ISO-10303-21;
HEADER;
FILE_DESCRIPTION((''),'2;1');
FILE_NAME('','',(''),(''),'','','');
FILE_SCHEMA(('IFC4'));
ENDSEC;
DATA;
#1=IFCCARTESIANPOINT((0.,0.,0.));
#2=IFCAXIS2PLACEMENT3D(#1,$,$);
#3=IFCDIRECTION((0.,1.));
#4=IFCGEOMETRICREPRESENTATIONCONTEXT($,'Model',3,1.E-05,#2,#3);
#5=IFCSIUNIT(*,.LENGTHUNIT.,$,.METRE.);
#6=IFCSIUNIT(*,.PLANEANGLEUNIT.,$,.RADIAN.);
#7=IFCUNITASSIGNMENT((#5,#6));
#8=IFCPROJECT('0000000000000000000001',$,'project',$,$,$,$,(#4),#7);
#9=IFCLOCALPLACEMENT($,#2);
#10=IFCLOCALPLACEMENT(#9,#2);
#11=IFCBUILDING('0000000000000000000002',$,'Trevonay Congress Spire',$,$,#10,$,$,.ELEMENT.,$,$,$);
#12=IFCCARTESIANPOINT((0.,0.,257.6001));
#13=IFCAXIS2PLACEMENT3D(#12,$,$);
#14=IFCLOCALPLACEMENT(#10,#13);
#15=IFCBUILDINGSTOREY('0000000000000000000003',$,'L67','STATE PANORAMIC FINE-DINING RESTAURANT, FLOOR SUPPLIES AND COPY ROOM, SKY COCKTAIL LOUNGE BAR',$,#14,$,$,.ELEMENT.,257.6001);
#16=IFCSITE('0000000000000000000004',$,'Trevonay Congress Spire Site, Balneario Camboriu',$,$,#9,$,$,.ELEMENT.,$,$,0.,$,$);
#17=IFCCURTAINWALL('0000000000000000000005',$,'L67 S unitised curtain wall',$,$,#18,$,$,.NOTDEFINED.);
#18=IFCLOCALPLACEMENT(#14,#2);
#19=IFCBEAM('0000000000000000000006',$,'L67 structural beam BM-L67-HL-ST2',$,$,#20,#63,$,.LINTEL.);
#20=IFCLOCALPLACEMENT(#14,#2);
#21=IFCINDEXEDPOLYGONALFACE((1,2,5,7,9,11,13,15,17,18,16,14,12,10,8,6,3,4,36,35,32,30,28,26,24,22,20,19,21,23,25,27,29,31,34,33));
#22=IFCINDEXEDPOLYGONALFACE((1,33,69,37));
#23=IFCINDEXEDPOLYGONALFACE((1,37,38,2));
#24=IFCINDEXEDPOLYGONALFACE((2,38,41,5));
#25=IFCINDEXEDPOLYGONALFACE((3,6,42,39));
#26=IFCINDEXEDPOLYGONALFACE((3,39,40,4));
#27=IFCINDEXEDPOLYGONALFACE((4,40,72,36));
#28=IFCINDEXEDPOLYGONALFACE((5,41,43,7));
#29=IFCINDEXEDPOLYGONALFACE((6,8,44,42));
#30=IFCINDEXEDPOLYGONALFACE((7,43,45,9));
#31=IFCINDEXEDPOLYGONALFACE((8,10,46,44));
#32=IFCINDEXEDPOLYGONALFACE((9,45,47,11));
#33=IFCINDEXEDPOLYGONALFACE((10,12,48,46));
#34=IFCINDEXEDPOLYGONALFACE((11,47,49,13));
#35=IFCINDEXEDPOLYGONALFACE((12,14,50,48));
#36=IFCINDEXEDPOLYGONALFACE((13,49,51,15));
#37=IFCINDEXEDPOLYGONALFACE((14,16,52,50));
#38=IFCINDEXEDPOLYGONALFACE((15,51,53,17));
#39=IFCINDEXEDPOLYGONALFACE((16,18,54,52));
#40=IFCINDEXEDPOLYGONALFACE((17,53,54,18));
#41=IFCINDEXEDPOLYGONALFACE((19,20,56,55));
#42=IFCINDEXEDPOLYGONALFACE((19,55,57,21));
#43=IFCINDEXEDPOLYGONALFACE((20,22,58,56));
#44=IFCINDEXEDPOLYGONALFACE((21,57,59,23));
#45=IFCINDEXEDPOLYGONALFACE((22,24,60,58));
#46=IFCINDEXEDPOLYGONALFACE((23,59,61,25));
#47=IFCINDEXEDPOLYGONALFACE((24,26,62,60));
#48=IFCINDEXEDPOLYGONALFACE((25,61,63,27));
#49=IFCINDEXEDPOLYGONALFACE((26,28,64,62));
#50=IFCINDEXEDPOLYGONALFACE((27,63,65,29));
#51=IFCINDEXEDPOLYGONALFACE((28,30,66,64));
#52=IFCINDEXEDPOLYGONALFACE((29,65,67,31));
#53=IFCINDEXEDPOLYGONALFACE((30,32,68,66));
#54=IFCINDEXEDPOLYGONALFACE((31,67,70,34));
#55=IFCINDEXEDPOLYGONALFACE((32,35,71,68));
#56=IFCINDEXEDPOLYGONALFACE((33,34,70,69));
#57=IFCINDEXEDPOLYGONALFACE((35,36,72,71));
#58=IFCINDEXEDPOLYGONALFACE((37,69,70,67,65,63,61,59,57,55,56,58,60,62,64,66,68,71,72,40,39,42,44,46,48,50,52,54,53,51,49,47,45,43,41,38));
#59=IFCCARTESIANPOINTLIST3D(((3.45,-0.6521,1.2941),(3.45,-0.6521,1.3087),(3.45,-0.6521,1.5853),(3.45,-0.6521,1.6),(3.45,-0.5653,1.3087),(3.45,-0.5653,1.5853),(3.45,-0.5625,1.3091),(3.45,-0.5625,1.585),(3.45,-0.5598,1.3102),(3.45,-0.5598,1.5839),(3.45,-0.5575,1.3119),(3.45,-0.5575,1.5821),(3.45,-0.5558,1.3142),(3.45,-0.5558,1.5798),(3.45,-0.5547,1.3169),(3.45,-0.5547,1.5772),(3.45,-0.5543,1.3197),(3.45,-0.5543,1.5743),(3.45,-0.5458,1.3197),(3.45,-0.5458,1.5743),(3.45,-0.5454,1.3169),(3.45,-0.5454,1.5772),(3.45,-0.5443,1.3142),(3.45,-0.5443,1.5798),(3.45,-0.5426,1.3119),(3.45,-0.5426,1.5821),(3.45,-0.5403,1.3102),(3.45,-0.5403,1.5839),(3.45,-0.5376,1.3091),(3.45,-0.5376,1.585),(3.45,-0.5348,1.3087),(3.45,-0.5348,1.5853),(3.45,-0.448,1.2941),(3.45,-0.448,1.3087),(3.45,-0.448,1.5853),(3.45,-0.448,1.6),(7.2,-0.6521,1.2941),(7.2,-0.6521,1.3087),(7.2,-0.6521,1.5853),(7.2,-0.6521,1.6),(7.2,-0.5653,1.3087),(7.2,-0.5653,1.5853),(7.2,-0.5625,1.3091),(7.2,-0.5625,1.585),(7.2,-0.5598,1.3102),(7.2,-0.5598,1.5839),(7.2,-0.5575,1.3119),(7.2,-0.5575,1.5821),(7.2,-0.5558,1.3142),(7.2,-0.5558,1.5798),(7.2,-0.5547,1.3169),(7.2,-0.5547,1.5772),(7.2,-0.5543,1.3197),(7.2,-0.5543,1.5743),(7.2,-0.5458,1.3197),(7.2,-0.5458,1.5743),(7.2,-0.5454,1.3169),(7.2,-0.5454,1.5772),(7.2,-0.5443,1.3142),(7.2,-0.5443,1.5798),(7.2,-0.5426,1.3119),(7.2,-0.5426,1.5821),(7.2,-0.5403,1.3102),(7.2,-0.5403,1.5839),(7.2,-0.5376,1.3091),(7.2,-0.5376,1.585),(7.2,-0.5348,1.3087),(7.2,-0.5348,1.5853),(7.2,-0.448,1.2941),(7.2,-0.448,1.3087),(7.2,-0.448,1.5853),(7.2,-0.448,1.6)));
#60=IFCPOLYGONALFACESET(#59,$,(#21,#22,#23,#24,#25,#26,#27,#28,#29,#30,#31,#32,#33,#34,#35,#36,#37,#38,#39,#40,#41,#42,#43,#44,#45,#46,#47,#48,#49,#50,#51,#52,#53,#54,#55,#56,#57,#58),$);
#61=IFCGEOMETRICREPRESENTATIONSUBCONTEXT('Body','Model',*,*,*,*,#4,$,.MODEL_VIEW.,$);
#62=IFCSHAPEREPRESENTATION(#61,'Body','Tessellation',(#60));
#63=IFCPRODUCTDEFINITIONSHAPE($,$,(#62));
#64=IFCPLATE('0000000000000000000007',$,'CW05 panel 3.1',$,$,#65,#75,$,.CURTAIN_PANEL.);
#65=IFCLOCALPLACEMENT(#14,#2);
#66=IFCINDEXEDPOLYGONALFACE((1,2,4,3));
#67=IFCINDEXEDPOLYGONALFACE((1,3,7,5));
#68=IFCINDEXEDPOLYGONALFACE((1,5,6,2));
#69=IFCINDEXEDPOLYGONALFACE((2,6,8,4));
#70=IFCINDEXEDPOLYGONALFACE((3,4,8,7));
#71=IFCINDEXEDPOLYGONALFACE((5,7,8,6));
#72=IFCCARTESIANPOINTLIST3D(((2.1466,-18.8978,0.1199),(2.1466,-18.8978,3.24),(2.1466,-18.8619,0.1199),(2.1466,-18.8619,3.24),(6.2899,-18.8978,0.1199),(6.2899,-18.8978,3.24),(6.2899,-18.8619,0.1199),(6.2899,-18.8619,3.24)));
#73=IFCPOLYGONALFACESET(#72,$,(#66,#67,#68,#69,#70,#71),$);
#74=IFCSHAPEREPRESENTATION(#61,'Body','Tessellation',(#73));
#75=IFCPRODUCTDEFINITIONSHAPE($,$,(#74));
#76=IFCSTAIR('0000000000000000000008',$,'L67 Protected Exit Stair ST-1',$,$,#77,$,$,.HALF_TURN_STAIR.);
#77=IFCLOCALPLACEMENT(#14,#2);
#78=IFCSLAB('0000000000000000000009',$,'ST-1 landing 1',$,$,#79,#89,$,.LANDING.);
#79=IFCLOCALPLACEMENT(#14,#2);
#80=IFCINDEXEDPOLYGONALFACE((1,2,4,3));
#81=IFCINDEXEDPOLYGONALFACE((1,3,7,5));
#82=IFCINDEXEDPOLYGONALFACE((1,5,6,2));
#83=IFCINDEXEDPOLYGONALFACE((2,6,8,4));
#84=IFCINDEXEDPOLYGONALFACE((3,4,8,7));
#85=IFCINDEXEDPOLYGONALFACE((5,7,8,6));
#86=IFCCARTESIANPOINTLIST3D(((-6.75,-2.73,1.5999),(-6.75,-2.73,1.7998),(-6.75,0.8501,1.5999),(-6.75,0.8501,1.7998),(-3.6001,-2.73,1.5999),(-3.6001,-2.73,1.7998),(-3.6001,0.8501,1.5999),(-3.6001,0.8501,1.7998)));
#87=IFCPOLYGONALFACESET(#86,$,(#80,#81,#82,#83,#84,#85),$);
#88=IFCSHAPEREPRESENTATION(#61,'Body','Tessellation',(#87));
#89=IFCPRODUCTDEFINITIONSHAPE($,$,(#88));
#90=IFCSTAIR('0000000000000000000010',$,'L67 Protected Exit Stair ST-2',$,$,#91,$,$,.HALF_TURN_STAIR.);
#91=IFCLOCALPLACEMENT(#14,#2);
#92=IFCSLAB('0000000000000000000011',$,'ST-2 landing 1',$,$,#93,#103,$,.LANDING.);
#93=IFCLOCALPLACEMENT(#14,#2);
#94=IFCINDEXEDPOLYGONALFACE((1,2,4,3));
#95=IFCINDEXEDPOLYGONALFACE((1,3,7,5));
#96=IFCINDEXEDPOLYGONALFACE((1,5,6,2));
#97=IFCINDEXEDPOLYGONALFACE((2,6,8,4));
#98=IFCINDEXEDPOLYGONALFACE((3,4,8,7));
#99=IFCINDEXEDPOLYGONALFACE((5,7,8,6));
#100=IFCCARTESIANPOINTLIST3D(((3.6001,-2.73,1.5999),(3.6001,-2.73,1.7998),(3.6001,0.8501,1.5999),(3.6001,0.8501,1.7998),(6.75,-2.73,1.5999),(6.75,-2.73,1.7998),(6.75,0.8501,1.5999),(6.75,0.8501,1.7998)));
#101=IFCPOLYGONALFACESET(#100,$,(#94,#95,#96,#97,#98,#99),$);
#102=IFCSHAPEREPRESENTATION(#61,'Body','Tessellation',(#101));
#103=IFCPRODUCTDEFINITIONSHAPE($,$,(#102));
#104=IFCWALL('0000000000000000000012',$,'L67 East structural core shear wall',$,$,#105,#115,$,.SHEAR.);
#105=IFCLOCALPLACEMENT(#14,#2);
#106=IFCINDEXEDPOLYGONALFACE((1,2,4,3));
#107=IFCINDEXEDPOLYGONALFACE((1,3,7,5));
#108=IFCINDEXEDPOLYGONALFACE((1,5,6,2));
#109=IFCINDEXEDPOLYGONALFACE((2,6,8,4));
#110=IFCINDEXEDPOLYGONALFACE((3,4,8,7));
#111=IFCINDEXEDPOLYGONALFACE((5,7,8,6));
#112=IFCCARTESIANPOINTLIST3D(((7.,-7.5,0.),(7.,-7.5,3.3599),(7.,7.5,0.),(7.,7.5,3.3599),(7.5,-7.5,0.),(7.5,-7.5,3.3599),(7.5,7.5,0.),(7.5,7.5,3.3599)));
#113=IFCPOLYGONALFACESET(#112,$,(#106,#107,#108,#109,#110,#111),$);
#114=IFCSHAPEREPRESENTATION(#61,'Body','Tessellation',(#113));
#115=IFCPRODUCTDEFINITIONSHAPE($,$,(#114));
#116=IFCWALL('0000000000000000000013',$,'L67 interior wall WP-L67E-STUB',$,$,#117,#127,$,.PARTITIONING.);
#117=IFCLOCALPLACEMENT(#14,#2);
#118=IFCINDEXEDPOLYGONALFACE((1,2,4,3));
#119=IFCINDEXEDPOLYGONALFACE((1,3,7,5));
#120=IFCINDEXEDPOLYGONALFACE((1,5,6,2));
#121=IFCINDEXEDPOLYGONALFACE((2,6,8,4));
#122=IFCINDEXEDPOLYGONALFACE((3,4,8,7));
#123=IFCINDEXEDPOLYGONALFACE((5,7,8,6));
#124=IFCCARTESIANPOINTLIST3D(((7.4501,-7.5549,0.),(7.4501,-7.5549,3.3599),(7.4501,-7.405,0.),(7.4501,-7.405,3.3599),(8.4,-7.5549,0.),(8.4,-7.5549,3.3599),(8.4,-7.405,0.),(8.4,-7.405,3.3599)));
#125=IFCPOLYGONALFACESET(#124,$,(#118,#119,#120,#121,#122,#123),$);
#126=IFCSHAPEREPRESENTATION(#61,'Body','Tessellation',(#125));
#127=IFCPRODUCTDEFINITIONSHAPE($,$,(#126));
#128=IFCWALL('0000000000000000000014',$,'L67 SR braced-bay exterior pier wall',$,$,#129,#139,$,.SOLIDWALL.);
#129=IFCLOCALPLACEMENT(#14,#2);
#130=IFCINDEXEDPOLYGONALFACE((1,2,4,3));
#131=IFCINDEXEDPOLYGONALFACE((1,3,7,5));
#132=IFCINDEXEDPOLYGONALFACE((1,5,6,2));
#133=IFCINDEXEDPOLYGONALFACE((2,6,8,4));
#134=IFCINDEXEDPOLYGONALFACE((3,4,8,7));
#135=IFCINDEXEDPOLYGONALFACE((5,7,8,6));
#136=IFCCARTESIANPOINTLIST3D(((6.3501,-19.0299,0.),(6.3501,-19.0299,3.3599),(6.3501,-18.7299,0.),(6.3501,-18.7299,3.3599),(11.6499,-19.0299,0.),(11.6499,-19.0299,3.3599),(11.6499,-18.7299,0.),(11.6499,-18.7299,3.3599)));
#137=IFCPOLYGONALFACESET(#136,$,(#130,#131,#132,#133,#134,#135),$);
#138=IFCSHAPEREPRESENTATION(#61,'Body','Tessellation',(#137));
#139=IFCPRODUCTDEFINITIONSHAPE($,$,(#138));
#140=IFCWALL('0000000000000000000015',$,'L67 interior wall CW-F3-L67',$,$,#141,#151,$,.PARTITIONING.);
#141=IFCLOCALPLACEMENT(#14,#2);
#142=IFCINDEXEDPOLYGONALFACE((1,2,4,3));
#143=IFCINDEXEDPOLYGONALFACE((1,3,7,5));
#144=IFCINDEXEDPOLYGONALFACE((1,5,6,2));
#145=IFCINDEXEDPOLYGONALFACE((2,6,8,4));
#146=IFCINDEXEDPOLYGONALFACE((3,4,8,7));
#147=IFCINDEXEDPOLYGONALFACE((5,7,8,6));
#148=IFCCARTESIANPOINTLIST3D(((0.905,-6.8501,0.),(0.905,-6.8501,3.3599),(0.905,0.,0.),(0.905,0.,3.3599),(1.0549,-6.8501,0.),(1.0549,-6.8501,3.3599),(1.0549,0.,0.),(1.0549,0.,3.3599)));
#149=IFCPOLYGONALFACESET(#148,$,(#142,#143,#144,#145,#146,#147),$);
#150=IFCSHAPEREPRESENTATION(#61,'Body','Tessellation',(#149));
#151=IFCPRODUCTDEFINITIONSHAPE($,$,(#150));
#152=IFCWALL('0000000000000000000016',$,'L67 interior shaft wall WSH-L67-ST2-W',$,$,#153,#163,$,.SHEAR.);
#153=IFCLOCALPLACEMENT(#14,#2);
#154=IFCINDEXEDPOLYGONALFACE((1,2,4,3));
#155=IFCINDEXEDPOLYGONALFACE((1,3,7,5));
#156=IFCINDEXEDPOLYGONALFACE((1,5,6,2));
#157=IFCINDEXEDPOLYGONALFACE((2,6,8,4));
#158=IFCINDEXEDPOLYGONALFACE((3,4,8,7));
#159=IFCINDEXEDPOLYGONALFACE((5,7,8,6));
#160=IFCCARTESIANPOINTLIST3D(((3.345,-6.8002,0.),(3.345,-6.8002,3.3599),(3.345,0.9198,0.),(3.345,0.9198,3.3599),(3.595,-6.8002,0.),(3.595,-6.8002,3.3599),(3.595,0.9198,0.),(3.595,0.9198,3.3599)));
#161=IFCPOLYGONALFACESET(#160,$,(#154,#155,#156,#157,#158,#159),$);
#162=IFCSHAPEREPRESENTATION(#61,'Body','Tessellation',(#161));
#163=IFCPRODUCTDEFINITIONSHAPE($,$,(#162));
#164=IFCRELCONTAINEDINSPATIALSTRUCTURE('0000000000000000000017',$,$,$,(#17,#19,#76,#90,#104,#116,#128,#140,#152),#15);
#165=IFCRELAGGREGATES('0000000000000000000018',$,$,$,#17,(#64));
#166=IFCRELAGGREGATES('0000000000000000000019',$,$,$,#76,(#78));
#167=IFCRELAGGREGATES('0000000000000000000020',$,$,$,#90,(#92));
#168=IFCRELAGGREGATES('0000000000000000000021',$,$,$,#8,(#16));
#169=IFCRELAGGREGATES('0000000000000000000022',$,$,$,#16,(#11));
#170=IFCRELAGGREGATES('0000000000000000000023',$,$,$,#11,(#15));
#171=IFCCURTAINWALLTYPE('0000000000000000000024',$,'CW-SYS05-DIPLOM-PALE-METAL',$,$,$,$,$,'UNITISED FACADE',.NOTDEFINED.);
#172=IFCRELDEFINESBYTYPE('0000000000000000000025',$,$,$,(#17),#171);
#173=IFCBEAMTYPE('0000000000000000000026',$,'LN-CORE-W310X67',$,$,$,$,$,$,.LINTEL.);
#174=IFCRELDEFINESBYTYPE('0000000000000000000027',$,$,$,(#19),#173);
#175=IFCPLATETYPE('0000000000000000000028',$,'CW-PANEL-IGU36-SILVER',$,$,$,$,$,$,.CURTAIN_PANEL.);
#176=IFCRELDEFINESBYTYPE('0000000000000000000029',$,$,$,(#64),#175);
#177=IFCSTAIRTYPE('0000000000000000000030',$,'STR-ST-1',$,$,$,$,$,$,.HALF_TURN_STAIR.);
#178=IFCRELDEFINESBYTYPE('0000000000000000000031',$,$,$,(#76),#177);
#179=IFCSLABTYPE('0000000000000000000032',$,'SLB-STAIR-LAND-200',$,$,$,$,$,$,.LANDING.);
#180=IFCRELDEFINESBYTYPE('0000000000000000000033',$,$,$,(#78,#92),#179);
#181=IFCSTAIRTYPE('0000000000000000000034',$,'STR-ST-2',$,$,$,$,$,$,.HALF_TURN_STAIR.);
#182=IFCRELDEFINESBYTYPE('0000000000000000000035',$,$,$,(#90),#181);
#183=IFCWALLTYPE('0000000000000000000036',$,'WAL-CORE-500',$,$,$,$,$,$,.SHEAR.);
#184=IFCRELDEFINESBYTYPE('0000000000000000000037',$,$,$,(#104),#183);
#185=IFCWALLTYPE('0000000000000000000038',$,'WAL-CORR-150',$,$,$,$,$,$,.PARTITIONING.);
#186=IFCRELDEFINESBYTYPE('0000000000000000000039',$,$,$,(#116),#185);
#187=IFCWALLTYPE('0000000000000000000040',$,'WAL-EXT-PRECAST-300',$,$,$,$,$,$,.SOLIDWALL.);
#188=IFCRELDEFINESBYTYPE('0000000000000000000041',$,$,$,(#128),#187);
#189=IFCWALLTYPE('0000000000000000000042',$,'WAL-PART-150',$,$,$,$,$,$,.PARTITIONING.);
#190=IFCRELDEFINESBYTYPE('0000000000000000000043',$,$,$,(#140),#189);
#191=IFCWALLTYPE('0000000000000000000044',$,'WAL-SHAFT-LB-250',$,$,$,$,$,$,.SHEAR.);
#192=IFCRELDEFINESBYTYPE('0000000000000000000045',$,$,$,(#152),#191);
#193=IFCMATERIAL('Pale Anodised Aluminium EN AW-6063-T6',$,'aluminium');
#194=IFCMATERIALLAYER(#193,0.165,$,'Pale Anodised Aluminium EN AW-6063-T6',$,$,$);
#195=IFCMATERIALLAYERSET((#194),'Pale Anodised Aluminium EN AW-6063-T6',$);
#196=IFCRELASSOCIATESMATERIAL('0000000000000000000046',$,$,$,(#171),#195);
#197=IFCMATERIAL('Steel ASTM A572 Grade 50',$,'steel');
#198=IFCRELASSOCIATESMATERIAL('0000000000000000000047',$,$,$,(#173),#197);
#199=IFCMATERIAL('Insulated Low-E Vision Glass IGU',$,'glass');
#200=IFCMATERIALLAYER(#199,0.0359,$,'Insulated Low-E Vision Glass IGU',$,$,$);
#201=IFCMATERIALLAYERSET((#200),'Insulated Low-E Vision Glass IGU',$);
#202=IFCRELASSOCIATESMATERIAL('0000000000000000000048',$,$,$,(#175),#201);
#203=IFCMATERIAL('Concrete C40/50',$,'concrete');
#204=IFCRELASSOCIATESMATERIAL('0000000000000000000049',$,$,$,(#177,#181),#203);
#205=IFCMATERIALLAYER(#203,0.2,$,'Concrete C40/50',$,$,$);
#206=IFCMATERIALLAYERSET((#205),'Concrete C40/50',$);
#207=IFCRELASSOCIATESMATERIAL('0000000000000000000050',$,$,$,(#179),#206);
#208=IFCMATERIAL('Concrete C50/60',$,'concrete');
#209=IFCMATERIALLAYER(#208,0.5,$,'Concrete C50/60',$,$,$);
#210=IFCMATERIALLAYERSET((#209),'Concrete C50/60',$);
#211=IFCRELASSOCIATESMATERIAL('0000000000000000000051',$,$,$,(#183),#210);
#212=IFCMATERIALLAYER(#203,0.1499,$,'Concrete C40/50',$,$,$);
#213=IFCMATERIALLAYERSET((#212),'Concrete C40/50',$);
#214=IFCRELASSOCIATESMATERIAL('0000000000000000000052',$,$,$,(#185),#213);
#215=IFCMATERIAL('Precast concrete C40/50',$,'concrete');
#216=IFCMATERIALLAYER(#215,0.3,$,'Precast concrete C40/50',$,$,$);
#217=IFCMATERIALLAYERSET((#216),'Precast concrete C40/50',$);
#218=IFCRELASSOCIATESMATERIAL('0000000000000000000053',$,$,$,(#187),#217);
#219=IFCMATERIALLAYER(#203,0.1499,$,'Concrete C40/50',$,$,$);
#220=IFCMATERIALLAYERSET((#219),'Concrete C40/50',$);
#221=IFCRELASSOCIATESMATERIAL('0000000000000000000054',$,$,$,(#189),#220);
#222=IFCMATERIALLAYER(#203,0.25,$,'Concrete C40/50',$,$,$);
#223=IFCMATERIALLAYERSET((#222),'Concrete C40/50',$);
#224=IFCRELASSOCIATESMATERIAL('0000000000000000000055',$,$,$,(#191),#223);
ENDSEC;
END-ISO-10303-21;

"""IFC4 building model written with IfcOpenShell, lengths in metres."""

from ifc_helpers import new_model, si_unit, direction, frame, frame_2d, origin, origin_2d, place, context, subcontext, project, spatial, polyline, rectangle, i_section, outline, extrude, material, layer, layer_set, material_profile, profile_set, type_object, element, aggregate, save


model = new_model("IFC4")

# Units and contexts
model_context = context("Model", 3, precision=1e-05, world=origin(), true_north=direction((0.0, 1.0)))
body_context = subcontext(model_context, "Body", "Model", "MODEL_VIEW")
ifc_project = project(units=[si_unit("LENGTHUNIT", "METRE"), si_unit("PLANEANGLEUNIT", "RADIAN")], contexts=[model_context])

# Site, building, storey
site_placement = place(None, origin())
site = spatial("IfcSite", under=ifc_project, at=site_placement, Name="Trevonay Congress Spire Site, Balneario Camboriu", CompositionType="ELEMENT", RefElevation=0.0)
building_placement = place(site_placement, origin())
building = spatial("IfcBuilding", under=site, at=building_placement, Name="Trevonay Congress Spire", CompositionType="ELEMENT")
storey_placement = place(building_placement, frame((0.0, 0.0, 257.6001)))
storey = spatial("IfcBuildingStorey", under=building, at=storey_placement, Name="L67", Description="STATE PANORAMIC FINE-DINING RESTAURANT, FLOOR SUPPLIES AND COPY ROOM, SKY COCKTAIL LOUNGE BAR", CompositionType="ELEMENT", Elevation=257.6001)

# Shared definitions
ifc_material_1 = material(Name="Steel ASTM A572 Grade 50", Category="steel")

# Curtain wall
ifc_material_2 = material(Name="Pale Anodised Aluminium EN AW-6063-T6", Category="aluminium")
ifc_layer_1 = layer(ifc_material_2, 0.165, Name="Pale Anodised Aluminium EN AW-6063-T6")
ifc_layer_set_1 = layer_set([ifc_layer_1], Name="Pale Anodised Aluminium EN AW-6063-T6")
curtain_wall_type = type_object("IfcCurtainWallType", Name="CW-SYS05-DIPLOM-PALE-METAL", ElementType="UNITISED FACADE", PredefinedType="NOTDEFINED", material=ifc_layer_set_1)
curtain_wall_placement = place(storey_placement, origin())
curtain_wall = element("IfcCurtainWall", 1, at=curtain_wall_placement, inside=storey, type_object=curtain_wall_type, Name="L67 S unitised curtain wall", PredefinedType="NOTDEFINED")

# Beam
ifc_material_profile_1 = material_profile(ifc_material_1, i_section(OverallWidth=0.2041, OverallDepth=0.3059, WebThickness=0.0085, FlangeThickness=0.0146, FilletRadius=0.011, at=origin_2d()), Name="W310x67")
ifc_profile_set_1 = profile_set([ifc_material_profile_1], Name="Steel ASTM A572 Grade 50")
beam_type_1 = type_object("IfcBeamType", Name="LN-CORE-W310X67", PredefinedType="LINTEL", material=ifc_profile_set_1)
beam_1_placement = place(storey_placement, frame((3.45, -0.55, 1.447), z_axis=(1.0, 0.0, 0.0), x_axis=(0.0, 1.0, 0.0)))
element("IfcBeam", 2, at=beam_1_placement, inside=storey, type_object=beam_type_1, Name="L67 structural beam BM-L67-HL-ST2", PredefinedType="LINTEL", context=body_context, shape_type="SweptSolid", body=[
    extrude(i_section(OverallWidth=0.2041, OverallDepth=0.3059, WebThickness=0.0085, FlangeThickness=0.0146, FilletRadius=0.011, at=origin_2d()), origin(), (0.0, 0.0, 1.0), 3.75),
])

# Plate
ifc_material_3 = material(Name="Insulated Low-E Vision Glass IGU", Category="glass")
ifc_layer_2 = layer(ifc_material_3, 0.0359, Name="Insulated Low-E Vision Glass IGU")
ifc_layer_set_2 = layer_set([ifc_layer_2], Name="Insulated Low-E Vision Glass IGU")
plate_type = type_object("IfcPlateType", Name="CW-PANEL-IGU36-SILVER", PredefinedType="CURTAIN_PANEL", material=ifc_layer_set_2)
plate_placement = place(storey_placement, frame((4.2183, -18.8799, 0.1199), z_axis=(0.0, 0.0, 1.0), x_axis=(1.0, 0.0, 0.0)))
plate = element("IfcPlate", 3, at=plate_placement, type_object=plate_type, Name="CW05 panel 3.1", PredefinedType="CURTAIN_PANEL", context=body_context, shape_type="SweptSolid", body=[
    extrude(rectangle(XDim=4.1433, YDim=0.0359, at=origin_2d()), origin(), (0.0, 0.0, 1.0), 3.1201),
])
aggregate(curtain_wall, [plate])

# Stairs, slabs
ifc_material_4 = material(Name="Concrete C40/50", Category="concrete")
stair_type_1 = type_object("IfcStairType", Name="STR-ST-1", PredefinedType="HALF_TURN_STAIR", material=ifc_material_4)
stair_1_placement = place(storey_placement, origin())
stair_1 = element("IfcStair", 4, at=stair_1_placement, inside=storey, type_object=stair_type_1, Name="L67 Protected Exit Stair ST-1", PredefinedType="HALF_TURN_STAIR")
ifc_layer_3 = layer(ifc_material_4, 0.2, Name="Concrete C40/50")
ifc_layer_set_3 = layer_set([ifc_layer_3], Name="Concrete C40/50")
slab_type = type_object("IfcSlabType", Name="SLB-STAIR-LAND-200", PredefinedType="LANDING", material=ifc_layer_set_3)
slab_1_placement = place(storey_placement, frame((0.0, 0.0, 1.5999)))
slab_1 = element("IfcSlab", 5, at=slab_1_placement, type_object=slab_type, Name="ST-1 landing 1", PredefinedType="LANDING", context=body_context, shape_type="SweptSolid", body=[
    extrude(outline(polyline([(-3.6001, -2.73), (-3.6001, 0.8501), (-6.75, 0.8501), (-6.75, -2.73), (-3.6001, -2.73)])), origin(), (0.0, 0.0, 1.0), 0.2),
])
aggregate(stair_1, [slab_1])
stair_type_2 = type_object("IfcStairType", Name="STR-ST-2", PredefinedType="HALF_TURN_STAIR", material=ifc_material_4)
stair_2_placement = place(storey_placement, origin())
stair_2 = element("IfcStair", 6, at=stair_2_placement, inside=storey, type_object=stair_type_2, Name="L67 Protected Exit Stair ST-2", PredefinedType="HALF_TURN_STAIR")
slab_2_placement = place(storey_placement, frame((0.0, 0.0, 1.5999)))
slab_2 = element("IfcSlab", 7, at=slab_2_placement, type_object=slab_type, Name="ST-2 landing 1", PredefinedType="LANDING", context=body_context, shape_type="SweptSolid", body=[
    extrude(outline(polyline([(6.75, -2.73), (6.75, 0.8501), (3.6001, 0.8501), (3.6001, -2.73), (6.75, -2.73)])), origin(), (0.0, 0.0, 1.0), 0.2),
])

# Walls
ifc_material_5 = material(Name="Concrete C50/60", Category="concrete")
ifc_layer_4 = layer(ifc_material_5, 0.5, Name="Concrete C50/60")
ifc_layer_set_4 = layer_set([ifc_layer_4], Name="Concrete C50/60")
wall_type_1 = type_object("IfcWallType", Name="WAL-CORE-500", PredefinedType="SHEAR", material=ifc_layer_set_4)
wall_1_placement = place(storey_placement, frame((7.25, -7.5, 0.0), z_axis=(0.0, 0.0, 1.0), x_axis=(0.0, 1.0, 0.0)))
element("IfcWall", 8, at=wall_1_placement, inside=storey, type_object=wall_type_1, Name="L67 East structural core shear wall", PredefinedType="SHEAR", context=body_context, shape_type="SweptSolid", body=[
    extrude(rectangle(XDim=15.0, YDim=0.5, at=frame_2d((7.5, 0.0))), origin(), (0.0, 0.0, 1.0), 3.3599),
])
ifc_layer_5 = layer(ifc_material_4, 0.1499, Name="Concrete C40/50")
ifc_layer_set_5 = layer_set([ifc_layer_5], Name="Concrete C40/50")
wall_type_2 = type_object("IfcWallType", Name="WAL-CORR-150", PredefinedType="PARTITIONING", material=ifc_layer_set_5)
wall_2_placement = place(storey_placement, frame((7.45, -7.48, 0.0), z_axis=(0.0, 0.0, 1.0), x_axis=(1.0, 0.0, 0.0)))
element("IfcWall", 9, at=wall_2_placement, inside=storey, type_object=wall_type_2, Name="L67 interior wall WP-L67E-STUB", PredefinedType="PARTITIONING", context=body_context, shape_type="SweptSolid", body=[
    extrude(rectangle(XDim=0.95, YDim=0.1499, at=frame_2d((0.4751, 0.0))), origin(), (0.0, 0.0, 1.0), 3.3599),
])
ifc_material_6 = material(Name="Precast concrete C40/50", Category="concrete")
ifc_layer_6 = layer(ifc_material_6, 0.3, Name="Precast concrete C40/50")
ifc_layer_set_6 = layer_set([ifc_layer_6], Name="Precast concrete C40/50")
wall_type_3 = type_object("IfcWallType", Name="WAL-EXT-PRECAST-300", PredefinedType="SOLIDWALL", material=ifc_layer_set_6)
wall_3_placement = place(storey_placement, frame((6.3501, -18.8799, 0.0), z_axis=(0.0, 0.0, 1.0), x_axis=(1.0, 0.0, 0.0)))
element("IfcWall", 10, at=wall_3_placement, inside=storey, type_object=wall_type_3, Name="L67 SR braced-bay exterior pier wall", PredefinedType="SOLIDWALL", context=body_context, shape_type="SweptSolid", body=[
    extrude(rectangle(XDim=5.2998, YDim=0.3, at=frame_2d((2.6499, 0.0))), origin(), (0.0, 0.0, 1.0), 3.3599),
])
ifc_layer_7 = layer(ifc_material_4, 0.1499, Name="Concrete C40/50")
ifc_layer_set_7 = layer_set([ifc_layer_7], Name="Concrete C40/50")
wall_type_4 = type_object("IfcWallType", Name="WAL-PART-150", PredefinedType="PARTITIONING", material=ifc_layer_set_7)
wall_4_placement = place(storey_placement, frame((0.98, -6.8501, 0.0), z_axis=(0.0, 0.0, 1.0), x_axis=(0.0, 1.0, 0.0)))
element("IfcWall", 11, at=wall_4_placement, inside=storey, type_object=wall_type_4, Name="L67 interior wall CW-F3-L67", PredefinedType="PARTITIONING", context=body_context, shape_type="SweptSolid", body=[
    extrude(rectangle(XDim=6.8501, YDim=0.1499, at=frame_2d((3.425, 0.0))), origin(), (0.0, 0.0, 1.0), 3.3599),
])
ifc_layer_8 = layer(ifc_material_4, 0.25, Name="Concrete C40/50")
ifc_layer_set_8 = layer_set([ifc_layer_8], Name="Concrete C40/50")
wall_type_5 = type_object("IfcWallType", Name="WAL-SHAFT-LB-250", PredefinedType="SHEAR", material=ifc_layer_set_8)
wall_5_placement = place(storey_placement, frame((3.47, -6.8, 0.0), z_axis=(0.0, 0.0, 1.0), x_axis=(0.0, 1.0, 0.0)))
element("IfcWall", 12, at=wall_5_placement, inside=storey, type_object=wall_type_5, Name="L67 interior shaft wall WSH-L67-ST2-W", PredefinedType="SHEAR", context=body_context, shape_type="SweptSolid", body=[
    extrude(rectangle(XDim=7.72, YDim=0.25, at=frame_2d((3.8599, 0.0))), origin(), (0.0, 0.0, 1.0), 3.3599),
])

aggregate(stair_2, [slab_2])

save(model, "model.ifc")
